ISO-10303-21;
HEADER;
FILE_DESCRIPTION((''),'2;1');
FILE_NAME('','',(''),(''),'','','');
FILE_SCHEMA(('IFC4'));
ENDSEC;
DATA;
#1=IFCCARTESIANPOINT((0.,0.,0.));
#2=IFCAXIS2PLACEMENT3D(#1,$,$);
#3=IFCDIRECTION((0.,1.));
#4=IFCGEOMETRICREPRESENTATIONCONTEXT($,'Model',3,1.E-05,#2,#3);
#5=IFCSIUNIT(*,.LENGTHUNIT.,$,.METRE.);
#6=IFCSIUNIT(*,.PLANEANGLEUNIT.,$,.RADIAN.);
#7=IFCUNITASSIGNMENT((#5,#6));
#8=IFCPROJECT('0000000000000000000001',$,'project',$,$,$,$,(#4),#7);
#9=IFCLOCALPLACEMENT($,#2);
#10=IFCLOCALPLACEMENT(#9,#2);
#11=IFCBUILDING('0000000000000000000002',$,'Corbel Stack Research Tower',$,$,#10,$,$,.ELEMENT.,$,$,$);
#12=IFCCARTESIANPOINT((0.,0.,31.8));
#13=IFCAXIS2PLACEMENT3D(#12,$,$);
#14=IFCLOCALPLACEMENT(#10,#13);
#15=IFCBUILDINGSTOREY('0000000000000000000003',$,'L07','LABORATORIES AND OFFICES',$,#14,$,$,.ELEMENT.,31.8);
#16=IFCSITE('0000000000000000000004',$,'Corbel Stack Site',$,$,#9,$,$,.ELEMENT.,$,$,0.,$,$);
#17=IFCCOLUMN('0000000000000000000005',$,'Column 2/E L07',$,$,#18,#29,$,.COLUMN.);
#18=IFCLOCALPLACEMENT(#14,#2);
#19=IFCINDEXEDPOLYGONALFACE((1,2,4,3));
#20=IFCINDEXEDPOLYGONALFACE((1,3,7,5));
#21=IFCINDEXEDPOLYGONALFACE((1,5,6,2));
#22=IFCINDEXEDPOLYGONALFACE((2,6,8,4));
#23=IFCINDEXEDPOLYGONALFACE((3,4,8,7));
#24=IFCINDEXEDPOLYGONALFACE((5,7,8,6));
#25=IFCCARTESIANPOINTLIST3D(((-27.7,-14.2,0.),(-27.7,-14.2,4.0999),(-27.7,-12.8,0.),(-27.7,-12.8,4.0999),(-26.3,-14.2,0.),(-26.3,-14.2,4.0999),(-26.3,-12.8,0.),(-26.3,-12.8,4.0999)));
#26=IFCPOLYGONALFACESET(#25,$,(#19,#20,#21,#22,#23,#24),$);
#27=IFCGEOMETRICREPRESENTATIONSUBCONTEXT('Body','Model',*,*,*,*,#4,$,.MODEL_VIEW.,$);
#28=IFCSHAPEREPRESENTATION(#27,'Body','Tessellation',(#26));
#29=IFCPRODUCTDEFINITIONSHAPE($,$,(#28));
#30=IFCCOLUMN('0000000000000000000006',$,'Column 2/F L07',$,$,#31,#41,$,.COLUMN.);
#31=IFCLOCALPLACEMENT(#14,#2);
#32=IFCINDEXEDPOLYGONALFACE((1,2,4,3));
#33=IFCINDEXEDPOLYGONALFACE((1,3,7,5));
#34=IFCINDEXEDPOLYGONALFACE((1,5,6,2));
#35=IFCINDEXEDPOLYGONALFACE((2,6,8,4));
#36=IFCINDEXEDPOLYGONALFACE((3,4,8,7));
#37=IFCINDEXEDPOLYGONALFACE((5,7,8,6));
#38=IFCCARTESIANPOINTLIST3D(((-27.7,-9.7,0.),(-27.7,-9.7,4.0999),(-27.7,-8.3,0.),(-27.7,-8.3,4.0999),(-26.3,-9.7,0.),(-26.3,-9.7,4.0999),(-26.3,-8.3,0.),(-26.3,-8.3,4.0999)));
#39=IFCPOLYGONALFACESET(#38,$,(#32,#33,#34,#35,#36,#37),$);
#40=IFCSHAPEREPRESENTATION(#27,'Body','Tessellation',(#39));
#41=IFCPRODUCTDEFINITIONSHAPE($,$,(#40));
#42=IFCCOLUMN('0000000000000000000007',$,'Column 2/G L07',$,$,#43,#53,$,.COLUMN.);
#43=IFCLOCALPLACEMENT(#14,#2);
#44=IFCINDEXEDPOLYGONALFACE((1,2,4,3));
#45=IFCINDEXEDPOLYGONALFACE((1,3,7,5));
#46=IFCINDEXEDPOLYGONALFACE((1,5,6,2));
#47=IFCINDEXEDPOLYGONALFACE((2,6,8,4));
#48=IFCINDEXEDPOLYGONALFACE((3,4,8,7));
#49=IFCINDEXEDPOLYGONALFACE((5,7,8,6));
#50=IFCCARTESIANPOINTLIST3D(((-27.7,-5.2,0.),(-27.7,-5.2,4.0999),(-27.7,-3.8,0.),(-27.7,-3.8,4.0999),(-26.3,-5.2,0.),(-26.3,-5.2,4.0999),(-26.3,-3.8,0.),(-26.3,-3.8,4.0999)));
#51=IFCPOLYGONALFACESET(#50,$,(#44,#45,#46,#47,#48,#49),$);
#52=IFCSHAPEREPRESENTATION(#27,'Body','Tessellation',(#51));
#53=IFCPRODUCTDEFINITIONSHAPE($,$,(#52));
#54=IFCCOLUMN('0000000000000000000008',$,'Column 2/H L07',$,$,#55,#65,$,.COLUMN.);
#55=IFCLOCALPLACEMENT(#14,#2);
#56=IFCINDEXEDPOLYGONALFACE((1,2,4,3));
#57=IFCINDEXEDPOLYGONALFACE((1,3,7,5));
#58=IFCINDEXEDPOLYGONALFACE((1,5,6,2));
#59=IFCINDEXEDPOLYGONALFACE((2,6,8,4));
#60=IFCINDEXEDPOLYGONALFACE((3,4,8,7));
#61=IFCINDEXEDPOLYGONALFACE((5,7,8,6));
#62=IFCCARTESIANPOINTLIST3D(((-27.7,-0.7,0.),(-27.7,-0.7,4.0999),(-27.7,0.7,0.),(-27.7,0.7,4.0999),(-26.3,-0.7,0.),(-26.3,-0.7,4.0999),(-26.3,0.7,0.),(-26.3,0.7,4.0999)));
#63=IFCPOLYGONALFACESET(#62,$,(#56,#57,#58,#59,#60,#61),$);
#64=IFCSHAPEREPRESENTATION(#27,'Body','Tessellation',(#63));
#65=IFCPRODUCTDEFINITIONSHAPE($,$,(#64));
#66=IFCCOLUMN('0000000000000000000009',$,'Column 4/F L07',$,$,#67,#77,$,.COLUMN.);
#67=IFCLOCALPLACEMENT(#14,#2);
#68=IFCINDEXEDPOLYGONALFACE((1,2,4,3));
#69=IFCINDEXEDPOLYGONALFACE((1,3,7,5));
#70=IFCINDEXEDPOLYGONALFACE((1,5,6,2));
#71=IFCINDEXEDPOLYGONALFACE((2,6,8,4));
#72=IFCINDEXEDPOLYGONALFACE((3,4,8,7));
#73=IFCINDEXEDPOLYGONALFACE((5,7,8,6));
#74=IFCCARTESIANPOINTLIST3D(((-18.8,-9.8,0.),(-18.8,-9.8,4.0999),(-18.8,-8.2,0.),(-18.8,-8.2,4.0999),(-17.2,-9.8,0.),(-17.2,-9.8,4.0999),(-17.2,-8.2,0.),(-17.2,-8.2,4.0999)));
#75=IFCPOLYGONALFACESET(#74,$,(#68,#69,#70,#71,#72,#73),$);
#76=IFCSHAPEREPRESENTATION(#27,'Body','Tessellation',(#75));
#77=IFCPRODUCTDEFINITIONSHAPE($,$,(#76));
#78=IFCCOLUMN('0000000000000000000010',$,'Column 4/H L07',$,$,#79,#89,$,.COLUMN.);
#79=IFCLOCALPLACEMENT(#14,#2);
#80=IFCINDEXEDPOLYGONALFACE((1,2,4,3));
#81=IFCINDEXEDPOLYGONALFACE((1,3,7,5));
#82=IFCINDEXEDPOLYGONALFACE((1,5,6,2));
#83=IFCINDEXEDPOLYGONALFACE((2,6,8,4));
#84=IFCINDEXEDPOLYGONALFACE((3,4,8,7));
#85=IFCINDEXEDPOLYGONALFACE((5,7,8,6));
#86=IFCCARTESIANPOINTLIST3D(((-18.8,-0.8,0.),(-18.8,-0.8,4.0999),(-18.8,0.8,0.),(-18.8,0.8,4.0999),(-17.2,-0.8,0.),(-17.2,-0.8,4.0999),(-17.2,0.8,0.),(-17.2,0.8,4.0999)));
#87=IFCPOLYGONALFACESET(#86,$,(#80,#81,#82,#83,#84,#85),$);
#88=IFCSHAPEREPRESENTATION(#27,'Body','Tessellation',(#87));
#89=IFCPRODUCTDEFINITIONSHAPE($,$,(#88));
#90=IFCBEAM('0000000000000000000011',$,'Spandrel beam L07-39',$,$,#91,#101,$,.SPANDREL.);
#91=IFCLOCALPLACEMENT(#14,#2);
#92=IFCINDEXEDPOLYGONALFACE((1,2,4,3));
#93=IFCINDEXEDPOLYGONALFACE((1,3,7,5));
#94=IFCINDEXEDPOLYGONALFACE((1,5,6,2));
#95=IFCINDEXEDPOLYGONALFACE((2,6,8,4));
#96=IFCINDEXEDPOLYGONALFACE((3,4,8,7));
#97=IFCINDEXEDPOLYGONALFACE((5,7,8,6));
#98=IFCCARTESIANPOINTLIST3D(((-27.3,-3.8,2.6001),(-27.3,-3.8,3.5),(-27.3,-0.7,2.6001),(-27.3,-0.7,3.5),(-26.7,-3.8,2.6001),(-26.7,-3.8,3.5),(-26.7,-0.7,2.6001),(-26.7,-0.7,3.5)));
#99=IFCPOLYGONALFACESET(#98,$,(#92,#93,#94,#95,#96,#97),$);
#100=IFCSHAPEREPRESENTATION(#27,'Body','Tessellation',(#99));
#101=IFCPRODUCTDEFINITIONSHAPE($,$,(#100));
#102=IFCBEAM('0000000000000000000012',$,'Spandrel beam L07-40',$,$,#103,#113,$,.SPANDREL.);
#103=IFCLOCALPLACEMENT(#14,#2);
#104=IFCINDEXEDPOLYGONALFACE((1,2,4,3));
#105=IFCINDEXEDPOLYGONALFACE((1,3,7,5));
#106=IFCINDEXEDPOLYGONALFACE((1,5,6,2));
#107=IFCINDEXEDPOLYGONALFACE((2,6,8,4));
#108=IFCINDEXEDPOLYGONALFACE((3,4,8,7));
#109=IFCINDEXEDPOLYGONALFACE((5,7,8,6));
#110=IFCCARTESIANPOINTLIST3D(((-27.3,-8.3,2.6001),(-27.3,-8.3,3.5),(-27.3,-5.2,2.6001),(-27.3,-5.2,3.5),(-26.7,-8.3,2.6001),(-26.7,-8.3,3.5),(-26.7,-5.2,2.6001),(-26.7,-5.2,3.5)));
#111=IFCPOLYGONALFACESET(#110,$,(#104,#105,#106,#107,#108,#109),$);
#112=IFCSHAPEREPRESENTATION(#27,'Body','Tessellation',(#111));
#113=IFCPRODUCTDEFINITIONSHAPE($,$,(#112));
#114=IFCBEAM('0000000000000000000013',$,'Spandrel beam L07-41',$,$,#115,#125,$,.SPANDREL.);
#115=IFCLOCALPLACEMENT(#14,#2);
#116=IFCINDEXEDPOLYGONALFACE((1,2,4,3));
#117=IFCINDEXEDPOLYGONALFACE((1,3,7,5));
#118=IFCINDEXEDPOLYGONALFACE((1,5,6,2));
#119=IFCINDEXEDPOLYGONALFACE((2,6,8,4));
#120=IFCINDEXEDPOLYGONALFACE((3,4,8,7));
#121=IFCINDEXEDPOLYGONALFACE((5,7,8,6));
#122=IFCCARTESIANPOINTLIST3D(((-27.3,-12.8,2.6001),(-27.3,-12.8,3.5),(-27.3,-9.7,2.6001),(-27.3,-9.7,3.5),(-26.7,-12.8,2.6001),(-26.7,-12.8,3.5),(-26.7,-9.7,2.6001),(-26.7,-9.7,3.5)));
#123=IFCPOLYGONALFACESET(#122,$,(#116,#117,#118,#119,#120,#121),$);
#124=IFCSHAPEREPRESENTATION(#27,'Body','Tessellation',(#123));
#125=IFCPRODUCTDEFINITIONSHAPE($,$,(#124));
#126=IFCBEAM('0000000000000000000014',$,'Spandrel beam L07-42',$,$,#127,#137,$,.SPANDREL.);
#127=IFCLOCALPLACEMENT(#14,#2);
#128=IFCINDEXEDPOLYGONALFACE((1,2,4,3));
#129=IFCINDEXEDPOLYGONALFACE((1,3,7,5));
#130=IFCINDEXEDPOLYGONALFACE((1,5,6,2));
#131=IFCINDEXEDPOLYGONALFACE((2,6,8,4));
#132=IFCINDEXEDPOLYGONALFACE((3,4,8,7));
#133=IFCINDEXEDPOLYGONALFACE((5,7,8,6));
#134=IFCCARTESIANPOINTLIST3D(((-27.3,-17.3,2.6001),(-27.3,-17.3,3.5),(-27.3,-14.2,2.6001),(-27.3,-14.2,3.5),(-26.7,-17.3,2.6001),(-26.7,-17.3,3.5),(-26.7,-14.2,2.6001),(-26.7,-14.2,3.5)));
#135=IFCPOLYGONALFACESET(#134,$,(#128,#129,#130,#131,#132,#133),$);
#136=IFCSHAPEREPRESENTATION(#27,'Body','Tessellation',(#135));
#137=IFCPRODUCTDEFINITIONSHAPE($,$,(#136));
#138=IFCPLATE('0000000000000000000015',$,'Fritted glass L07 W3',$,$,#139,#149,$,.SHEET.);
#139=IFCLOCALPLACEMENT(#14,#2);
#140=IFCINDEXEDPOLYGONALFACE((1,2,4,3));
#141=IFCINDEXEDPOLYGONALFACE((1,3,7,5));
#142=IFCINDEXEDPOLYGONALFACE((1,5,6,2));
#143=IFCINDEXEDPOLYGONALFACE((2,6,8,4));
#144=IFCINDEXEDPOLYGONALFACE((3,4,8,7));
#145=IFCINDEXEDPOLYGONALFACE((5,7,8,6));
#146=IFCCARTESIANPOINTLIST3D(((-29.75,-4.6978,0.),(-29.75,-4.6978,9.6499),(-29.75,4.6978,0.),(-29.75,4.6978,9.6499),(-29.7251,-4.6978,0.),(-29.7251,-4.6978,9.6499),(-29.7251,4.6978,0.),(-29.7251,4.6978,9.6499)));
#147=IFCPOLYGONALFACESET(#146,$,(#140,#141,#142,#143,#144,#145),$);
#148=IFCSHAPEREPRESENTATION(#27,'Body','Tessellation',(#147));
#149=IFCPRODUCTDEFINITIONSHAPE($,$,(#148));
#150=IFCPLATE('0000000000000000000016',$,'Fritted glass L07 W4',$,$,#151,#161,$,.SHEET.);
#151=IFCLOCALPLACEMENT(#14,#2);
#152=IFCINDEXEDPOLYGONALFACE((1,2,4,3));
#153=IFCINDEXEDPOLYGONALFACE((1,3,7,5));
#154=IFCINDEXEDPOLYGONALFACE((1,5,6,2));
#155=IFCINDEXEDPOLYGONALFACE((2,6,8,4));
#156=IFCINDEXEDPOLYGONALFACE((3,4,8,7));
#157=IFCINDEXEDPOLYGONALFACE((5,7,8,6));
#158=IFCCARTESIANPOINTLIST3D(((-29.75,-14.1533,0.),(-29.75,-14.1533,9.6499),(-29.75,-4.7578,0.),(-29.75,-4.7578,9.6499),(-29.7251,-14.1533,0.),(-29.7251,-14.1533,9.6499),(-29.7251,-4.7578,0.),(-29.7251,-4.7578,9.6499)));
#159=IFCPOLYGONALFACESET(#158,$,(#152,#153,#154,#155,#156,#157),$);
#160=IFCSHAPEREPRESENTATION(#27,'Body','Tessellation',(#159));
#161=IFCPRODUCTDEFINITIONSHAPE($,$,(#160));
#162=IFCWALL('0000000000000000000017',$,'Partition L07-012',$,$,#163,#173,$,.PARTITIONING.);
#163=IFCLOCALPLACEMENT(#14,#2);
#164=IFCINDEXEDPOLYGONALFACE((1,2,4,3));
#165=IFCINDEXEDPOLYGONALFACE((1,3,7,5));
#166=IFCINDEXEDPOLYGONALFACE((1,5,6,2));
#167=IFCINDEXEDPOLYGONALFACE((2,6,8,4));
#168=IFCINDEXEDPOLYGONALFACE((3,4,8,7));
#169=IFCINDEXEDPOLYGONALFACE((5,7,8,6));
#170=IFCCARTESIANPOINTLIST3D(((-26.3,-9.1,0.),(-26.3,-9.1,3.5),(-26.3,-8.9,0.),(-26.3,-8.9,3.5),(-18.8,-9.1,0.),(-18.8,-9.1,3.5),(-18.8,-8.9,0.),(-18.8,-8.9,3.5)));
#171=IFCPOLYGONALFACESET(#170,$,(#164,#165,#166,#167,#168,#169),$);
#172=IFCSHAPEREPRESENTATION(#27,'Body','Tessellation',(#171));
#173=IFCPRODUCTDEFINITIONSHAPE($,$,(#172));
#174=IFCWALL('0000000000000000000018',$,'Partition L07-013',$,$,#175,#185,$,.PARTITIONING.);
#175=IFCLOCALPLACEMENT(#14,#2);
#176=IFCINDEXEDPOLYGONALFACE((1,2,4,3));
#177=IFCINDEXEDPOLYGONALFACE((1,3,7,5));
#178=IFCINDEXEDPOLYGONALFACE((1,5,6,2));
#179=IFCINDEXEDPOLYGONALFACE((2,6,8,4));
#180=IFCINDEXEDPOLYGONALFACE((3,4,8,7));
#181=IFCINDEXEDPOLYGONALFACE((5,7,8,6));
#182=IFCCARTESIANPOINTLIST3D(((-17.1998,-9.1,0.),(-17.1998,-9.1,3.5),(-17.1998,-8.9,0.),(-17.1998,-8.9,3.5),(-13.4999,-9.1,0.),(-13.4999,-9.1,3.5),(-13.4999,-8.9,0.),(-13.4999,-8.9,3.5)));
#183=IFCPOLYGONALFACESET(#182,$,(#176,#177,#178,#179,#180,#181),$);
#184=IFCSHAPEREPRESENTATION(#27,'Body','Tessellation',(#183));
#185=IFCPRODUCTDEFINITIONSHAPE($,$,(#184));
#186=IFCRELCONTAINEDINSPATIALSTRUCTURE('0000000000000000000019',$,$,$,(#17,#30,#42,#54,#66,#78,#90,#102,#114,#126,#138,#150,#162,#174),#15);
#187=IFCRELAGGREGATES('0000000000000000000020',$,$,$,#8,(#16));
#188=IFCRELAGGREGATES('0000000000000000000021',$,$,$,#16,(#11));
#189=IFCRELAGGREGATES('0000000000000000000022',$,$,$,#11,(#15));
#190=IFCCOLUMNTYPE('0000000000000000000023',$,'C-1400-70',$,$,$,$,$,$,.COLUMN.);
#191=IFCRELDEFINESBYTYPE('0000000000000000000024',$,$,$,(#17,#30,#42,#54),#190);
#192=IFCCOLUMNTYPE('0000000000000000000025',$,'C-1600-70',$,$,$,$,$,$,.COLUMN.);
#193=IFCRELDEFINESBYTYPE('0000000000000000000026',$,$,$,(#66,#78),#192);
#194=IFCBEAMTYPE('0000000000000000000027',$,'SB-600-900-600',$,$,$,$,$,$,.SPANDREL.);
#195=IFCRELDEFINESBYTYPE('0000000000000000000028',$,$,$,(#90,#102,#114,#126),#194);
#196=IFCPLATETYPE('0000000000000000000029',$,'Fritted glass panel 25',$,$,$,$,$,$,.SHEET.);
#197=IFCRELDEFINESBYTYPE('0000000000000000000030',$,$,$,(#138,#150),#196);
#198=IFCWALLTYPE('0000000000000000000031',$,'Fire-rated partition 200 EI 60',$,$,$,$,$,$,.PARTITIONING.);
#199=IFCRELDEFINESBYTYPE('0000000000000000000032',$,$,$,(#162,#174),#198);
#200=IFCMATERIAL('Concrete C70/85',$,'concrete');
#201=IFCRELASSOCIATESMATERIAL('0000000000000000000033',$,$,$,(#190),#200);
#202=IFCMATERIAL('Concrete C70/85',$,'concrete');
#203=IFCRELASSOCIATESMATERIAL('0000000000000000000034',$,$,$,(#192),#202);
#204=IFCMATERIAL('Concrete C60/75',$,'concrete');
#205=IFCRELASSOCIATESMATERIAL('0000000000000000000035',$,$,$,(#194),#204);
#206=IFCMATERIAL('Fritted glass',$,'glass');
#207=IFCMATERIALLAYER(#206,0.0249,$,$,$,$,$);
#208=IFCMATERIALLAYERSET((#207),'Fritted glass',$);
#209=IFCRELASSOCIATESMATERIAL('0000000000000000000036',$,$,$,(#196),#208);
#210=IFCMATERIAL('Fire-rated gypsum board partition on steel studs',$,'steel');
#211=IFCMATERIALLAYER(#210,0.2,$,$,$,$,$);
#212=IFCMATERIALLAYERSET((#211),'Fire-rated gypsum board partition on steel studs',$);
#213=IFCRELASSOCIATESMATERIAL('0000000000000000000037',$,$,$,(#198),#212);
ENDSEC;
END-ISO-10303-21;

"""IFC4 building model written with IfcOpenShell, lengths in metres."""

from ifc_helpers import new_model, si_unit, direction, frame, frame_2d, origin, origin_2d, place, context, subcontext, project, spatial, rectangle, extrude, material, layer, layer_set, material_profile, profile_set, type_object, element, save


model = new_model("IFC4")

# Units and contexts
model_context = context("Model", 3, precision=1e-05, world=origin(), true_north=direction((0.0, 1.0)))
body_context = subcontext(model_context, "Body", "Model", "MODEL_VIEW")
ifc_project = project(units=[si_unit("LENGTHUNIT", "METRE"), si_unit("PLANEANGLEUNIT", "RADIAN")], contexts=[model_context])

# Site, building, storey
site_placement = place(None, origin())
site = spatial("IfcSite", under=ifc_project, at=site_placement, Name="Corbel Stack Site", CompositionType="ELEMENT", RefElevation=0.0)
building_placement = place(site_placement, origin())
building = spatial("IfcBuilding", under=site, at=building_placement, Name="Corbel Stack Research Tower", CompositionType="ELEMENT")
storey_placement = place(building_placement, frame((0.0, 0.0, 31.8)))
storey = spatial("IfcBuildingStorey", under=building, at=storey_placement, Name="L07", Description="LABORATORIES AND OFFICES", CompositionType="ELEMENT", Elevation=31.8)

# Columns
ifc_material_1 = material(Name="Concrete C70/85", Category="concrete")
ifc_material_profile_1 = material_profile(ifc_material_1, rectangle(XDim=1.3999, YDim=1.3999, at=origin_2d()), Name="RC 1400 x 1400")
ifc_profile_set_1 = profile_set([ifc_material_profile_1], Name="Concrete C70/85")
column_type_1 = type_object("IfcColumnType", Name="C-1400-70", PredefinedType="COLUMN", material=ifc_profile_set_1)
for number, where, z_axis, x_axis, name in (
    (1, (-27.0, -13.5, 0.0), (0.0, 0.0, 1.0), (1.0, 0.0, 0.0), "Column 2/E L07"),
    (2, (-27.0, -9.0, 0.0), (0.0, 0.0, 1.0), (1.0, 0.0, 0.0), "Column 2/F L07"),
    (3, (-27.0, -4.5, 0.0), (0.0, 0.0, 1.0), (1.0, 0.0, 0.0), "Column 2/G L07"),
    (4, (-27.0, 0.0, 0.0), (0.0, 0.0, 1.0), (1.0, 0.0, 0.0), "Column 2/H L07"),
):
    element("IfcColumn", number, at=place(storey_placement, frame(where, z_axis=z_axis, x_axis=x_axis)), inside=storey, type_object=column_type_1, Name=name, PredefinedType="COLUMN", context=body_context, shape_type="SweptSolid", body=[
        extrude(rectangle(XDim=1.3999, YDim=1.3999, at=origin_2d()), origin(), (0.0, 0.0, 1.0), 4.0999),
    ])
ifc_material_2 = material(Name="Concrete C70/85", Category="concrete")
ifc_material_profile_2 = material_profile(ifc_material_2, rectangle(XDim=1.6001, YDim=1.6001, at=origin_2d()), Name="RC 1600 x 1600")
ifc_profile_set_2 = profile_set([ifc_material_profile_2], Name="Concrete C70/85")
column_type_2 = type_object("IfcColumnType", Name="C-1600-70", PredefinedType="COLUMN", material=ifc_profile_set_2)
for number, where, z_axis, x_axis, name in (
    (5, (-18.0, -9.0, 0.0), (0.0, 0.0, 1.0), (1.0, 0.0, 0.0), "Column 4/F L07"),
    (6, (-18.0, 0.0, 0.0), (0.0, 0.0, 1.0), (1.0, 0.0, 0.0), "Column 4/H L07"),
):
    element("IfcColumn", number, at=place(storey_placement, frame(where, z_axis=z_axis, x_axis=x_axis)), inside=storey, type_object=column_type_2, Name=name, PredefinedType="COLUMN", context=body_context, shape_type="SweptSolid", body=[
        extrude(rectangle(XDim=1.6001, YDim=1.6001, at=origin_2d()), origin(), (0.0, 0.0, 1.0), 4.0999),
    ])

# Beams
ifc_material_3 = material(Name="Concrete C60/75", Category="concrete")
ifc_material_profile_3 = material_profile(ifc_material_3, rectangle(XDim=0.6001, YDim=0.8999, at=origin_2d()), Name="RC 600 x 900")
ifc_profile_set_3 = profile_set([ifc_material_profile_3], Name="Concrete C60/75")
beam_type = type_object("IfcBeamType", Name="SB-600-900-600", PredefinedType="SPANDREL", material=ifc_profile_set_3)
for number, where, z_axis, x_axis, name in (
    (7, (-27.0, -0.7, 3.05), (0.0, -1.0, 0.0), (1.0, 0.0, 0.0), "Spandrel beam L07-39"),
    (8, (-27.0, -5.2, 3.05), (0.0, -1.0, 0.0), (1.0, 0.0, 0.0), "Spandrel beam L07-40"),
    (9, (-27.0, -9.7, 3.05), (0.0, -1.0, 0.0), (1.0, 0.0, 0.0), "Spandrel beam L07-41"),
    (10, (-27.0, -14.2, 3.05), (0.0, -1.0, 0.0), (1.0, 0.0, 0.0), "Spandrel beam L07-42"),
):
    element("IfcBeam", number, at=place(storey_placement, frame(where, z_axis=z_axis, x_axis=x_axis)), inside=storey, type_object=beam_type, Name=name, PredefinedType="SPANDREL", context=body_context, shape_type="SweptSolid", body=[
        extrude(rectangle(XDim=0.6001, YDim=0.8999, at=origin_2d()), origin(), (0.0, 0.0, 1.0), 3.1001),
    ])

# Plates
ifc_material_4 = material(Name="Fritted glass", Category="glass")
ifc_layer_1 = layer(ifc_material_4, 0.0249)
ifc_layer_set_1 = layer_set([ifc_layer_1], Name="Fritted glass")
plate_type = type_object("IfcPlateType", Name="Fritted glass panel 25", PredefinedType="SHEET", material=ifc_layer_set_1)
for number, where, z_axis, x_axis, name in (
    (11, (-29.7375, 0.0, 0.0), (0.0, 0.0, 1.0), (0.0, -1.0, 0.0), "Fritted glass L07 W3"),
    (12, (-29.7375, -9.4556, 0.0), (0.0, 0.0, 1.0), (0.0, -1.0, 0.0), "Fritted glass L07 W4"),
):
    element("IfcPlate", number, at=place(storey_placement, frame(where, z_axis=z_axis, x_axis=x_axis)), inside=storey, type_object=plate_type, Name=name, PredefinedType="SHEET", context=body_context, shape_type="SweptSolid", body=[
        extrude(rectangle(XDim=9.3955, YDim=0.0249, at=origin_2d()), origin(), (0.0, 0.0, 1.0), 9.6499),
    ])

# Walls
ifc_material_5 = material(Name="Fire-rated gypsum board partition on steel studs", Category="steel")
ifc_layer_2 = layer(ifc_material_5, 0.2)
ifc_layer_set_2 = layer_set([ifc_layer_2], Name="Fire-rated gypsum board partition on steel studs")
wall_type_1 = type_object("IfcWallType", Name="Fire-rated partition 200 EI 60", PredefinedType="PARTITIONING", material=ifc_layer_set_2)
wall_1_placement = place(storey_placement, frame((-26.3, -9.0, 0.0), z_axis=(0.0, 0.0, 1.0), x_axis=(1.0, 0.0, 0.0)))
element("IfcWall", 13, at=wall_1_placement, inside=storey, type_object=wall_type_1, Name="Partition L07-012", PredefinedType="PARTITIONING", context=body_context, shape_type="SweptSolid", body=[
    extrude(rectangle(XDim=7.5, YDim=0.2, at=frame_2d((3.75, 0.0))), origin(), (0.0, 0.0, 1.0), 3.5),
])
wall_2_placement = place(storey_placement, frame((-17.2, -9.0, 0.0), z_axis=(0.0, 0.0, 1.0), x_axis=(1.0, 0.0, 0.0)))
element("IfcWall", 14, at=wall_2_placement, inside=storey, type_object=wall_type_1, Name="Partition L07-013", PredefinedType="PARTITIONING", context=body_context, shape_type="SweptSolid", body=[
    extrude(rectangle(XDim=3.7, YDim=0.2, at=frame_2d((1.8501, 0.0))), origin(), (0.0, 0.0, 1.0), 3.5),
])

save(model, "model.ifc")
